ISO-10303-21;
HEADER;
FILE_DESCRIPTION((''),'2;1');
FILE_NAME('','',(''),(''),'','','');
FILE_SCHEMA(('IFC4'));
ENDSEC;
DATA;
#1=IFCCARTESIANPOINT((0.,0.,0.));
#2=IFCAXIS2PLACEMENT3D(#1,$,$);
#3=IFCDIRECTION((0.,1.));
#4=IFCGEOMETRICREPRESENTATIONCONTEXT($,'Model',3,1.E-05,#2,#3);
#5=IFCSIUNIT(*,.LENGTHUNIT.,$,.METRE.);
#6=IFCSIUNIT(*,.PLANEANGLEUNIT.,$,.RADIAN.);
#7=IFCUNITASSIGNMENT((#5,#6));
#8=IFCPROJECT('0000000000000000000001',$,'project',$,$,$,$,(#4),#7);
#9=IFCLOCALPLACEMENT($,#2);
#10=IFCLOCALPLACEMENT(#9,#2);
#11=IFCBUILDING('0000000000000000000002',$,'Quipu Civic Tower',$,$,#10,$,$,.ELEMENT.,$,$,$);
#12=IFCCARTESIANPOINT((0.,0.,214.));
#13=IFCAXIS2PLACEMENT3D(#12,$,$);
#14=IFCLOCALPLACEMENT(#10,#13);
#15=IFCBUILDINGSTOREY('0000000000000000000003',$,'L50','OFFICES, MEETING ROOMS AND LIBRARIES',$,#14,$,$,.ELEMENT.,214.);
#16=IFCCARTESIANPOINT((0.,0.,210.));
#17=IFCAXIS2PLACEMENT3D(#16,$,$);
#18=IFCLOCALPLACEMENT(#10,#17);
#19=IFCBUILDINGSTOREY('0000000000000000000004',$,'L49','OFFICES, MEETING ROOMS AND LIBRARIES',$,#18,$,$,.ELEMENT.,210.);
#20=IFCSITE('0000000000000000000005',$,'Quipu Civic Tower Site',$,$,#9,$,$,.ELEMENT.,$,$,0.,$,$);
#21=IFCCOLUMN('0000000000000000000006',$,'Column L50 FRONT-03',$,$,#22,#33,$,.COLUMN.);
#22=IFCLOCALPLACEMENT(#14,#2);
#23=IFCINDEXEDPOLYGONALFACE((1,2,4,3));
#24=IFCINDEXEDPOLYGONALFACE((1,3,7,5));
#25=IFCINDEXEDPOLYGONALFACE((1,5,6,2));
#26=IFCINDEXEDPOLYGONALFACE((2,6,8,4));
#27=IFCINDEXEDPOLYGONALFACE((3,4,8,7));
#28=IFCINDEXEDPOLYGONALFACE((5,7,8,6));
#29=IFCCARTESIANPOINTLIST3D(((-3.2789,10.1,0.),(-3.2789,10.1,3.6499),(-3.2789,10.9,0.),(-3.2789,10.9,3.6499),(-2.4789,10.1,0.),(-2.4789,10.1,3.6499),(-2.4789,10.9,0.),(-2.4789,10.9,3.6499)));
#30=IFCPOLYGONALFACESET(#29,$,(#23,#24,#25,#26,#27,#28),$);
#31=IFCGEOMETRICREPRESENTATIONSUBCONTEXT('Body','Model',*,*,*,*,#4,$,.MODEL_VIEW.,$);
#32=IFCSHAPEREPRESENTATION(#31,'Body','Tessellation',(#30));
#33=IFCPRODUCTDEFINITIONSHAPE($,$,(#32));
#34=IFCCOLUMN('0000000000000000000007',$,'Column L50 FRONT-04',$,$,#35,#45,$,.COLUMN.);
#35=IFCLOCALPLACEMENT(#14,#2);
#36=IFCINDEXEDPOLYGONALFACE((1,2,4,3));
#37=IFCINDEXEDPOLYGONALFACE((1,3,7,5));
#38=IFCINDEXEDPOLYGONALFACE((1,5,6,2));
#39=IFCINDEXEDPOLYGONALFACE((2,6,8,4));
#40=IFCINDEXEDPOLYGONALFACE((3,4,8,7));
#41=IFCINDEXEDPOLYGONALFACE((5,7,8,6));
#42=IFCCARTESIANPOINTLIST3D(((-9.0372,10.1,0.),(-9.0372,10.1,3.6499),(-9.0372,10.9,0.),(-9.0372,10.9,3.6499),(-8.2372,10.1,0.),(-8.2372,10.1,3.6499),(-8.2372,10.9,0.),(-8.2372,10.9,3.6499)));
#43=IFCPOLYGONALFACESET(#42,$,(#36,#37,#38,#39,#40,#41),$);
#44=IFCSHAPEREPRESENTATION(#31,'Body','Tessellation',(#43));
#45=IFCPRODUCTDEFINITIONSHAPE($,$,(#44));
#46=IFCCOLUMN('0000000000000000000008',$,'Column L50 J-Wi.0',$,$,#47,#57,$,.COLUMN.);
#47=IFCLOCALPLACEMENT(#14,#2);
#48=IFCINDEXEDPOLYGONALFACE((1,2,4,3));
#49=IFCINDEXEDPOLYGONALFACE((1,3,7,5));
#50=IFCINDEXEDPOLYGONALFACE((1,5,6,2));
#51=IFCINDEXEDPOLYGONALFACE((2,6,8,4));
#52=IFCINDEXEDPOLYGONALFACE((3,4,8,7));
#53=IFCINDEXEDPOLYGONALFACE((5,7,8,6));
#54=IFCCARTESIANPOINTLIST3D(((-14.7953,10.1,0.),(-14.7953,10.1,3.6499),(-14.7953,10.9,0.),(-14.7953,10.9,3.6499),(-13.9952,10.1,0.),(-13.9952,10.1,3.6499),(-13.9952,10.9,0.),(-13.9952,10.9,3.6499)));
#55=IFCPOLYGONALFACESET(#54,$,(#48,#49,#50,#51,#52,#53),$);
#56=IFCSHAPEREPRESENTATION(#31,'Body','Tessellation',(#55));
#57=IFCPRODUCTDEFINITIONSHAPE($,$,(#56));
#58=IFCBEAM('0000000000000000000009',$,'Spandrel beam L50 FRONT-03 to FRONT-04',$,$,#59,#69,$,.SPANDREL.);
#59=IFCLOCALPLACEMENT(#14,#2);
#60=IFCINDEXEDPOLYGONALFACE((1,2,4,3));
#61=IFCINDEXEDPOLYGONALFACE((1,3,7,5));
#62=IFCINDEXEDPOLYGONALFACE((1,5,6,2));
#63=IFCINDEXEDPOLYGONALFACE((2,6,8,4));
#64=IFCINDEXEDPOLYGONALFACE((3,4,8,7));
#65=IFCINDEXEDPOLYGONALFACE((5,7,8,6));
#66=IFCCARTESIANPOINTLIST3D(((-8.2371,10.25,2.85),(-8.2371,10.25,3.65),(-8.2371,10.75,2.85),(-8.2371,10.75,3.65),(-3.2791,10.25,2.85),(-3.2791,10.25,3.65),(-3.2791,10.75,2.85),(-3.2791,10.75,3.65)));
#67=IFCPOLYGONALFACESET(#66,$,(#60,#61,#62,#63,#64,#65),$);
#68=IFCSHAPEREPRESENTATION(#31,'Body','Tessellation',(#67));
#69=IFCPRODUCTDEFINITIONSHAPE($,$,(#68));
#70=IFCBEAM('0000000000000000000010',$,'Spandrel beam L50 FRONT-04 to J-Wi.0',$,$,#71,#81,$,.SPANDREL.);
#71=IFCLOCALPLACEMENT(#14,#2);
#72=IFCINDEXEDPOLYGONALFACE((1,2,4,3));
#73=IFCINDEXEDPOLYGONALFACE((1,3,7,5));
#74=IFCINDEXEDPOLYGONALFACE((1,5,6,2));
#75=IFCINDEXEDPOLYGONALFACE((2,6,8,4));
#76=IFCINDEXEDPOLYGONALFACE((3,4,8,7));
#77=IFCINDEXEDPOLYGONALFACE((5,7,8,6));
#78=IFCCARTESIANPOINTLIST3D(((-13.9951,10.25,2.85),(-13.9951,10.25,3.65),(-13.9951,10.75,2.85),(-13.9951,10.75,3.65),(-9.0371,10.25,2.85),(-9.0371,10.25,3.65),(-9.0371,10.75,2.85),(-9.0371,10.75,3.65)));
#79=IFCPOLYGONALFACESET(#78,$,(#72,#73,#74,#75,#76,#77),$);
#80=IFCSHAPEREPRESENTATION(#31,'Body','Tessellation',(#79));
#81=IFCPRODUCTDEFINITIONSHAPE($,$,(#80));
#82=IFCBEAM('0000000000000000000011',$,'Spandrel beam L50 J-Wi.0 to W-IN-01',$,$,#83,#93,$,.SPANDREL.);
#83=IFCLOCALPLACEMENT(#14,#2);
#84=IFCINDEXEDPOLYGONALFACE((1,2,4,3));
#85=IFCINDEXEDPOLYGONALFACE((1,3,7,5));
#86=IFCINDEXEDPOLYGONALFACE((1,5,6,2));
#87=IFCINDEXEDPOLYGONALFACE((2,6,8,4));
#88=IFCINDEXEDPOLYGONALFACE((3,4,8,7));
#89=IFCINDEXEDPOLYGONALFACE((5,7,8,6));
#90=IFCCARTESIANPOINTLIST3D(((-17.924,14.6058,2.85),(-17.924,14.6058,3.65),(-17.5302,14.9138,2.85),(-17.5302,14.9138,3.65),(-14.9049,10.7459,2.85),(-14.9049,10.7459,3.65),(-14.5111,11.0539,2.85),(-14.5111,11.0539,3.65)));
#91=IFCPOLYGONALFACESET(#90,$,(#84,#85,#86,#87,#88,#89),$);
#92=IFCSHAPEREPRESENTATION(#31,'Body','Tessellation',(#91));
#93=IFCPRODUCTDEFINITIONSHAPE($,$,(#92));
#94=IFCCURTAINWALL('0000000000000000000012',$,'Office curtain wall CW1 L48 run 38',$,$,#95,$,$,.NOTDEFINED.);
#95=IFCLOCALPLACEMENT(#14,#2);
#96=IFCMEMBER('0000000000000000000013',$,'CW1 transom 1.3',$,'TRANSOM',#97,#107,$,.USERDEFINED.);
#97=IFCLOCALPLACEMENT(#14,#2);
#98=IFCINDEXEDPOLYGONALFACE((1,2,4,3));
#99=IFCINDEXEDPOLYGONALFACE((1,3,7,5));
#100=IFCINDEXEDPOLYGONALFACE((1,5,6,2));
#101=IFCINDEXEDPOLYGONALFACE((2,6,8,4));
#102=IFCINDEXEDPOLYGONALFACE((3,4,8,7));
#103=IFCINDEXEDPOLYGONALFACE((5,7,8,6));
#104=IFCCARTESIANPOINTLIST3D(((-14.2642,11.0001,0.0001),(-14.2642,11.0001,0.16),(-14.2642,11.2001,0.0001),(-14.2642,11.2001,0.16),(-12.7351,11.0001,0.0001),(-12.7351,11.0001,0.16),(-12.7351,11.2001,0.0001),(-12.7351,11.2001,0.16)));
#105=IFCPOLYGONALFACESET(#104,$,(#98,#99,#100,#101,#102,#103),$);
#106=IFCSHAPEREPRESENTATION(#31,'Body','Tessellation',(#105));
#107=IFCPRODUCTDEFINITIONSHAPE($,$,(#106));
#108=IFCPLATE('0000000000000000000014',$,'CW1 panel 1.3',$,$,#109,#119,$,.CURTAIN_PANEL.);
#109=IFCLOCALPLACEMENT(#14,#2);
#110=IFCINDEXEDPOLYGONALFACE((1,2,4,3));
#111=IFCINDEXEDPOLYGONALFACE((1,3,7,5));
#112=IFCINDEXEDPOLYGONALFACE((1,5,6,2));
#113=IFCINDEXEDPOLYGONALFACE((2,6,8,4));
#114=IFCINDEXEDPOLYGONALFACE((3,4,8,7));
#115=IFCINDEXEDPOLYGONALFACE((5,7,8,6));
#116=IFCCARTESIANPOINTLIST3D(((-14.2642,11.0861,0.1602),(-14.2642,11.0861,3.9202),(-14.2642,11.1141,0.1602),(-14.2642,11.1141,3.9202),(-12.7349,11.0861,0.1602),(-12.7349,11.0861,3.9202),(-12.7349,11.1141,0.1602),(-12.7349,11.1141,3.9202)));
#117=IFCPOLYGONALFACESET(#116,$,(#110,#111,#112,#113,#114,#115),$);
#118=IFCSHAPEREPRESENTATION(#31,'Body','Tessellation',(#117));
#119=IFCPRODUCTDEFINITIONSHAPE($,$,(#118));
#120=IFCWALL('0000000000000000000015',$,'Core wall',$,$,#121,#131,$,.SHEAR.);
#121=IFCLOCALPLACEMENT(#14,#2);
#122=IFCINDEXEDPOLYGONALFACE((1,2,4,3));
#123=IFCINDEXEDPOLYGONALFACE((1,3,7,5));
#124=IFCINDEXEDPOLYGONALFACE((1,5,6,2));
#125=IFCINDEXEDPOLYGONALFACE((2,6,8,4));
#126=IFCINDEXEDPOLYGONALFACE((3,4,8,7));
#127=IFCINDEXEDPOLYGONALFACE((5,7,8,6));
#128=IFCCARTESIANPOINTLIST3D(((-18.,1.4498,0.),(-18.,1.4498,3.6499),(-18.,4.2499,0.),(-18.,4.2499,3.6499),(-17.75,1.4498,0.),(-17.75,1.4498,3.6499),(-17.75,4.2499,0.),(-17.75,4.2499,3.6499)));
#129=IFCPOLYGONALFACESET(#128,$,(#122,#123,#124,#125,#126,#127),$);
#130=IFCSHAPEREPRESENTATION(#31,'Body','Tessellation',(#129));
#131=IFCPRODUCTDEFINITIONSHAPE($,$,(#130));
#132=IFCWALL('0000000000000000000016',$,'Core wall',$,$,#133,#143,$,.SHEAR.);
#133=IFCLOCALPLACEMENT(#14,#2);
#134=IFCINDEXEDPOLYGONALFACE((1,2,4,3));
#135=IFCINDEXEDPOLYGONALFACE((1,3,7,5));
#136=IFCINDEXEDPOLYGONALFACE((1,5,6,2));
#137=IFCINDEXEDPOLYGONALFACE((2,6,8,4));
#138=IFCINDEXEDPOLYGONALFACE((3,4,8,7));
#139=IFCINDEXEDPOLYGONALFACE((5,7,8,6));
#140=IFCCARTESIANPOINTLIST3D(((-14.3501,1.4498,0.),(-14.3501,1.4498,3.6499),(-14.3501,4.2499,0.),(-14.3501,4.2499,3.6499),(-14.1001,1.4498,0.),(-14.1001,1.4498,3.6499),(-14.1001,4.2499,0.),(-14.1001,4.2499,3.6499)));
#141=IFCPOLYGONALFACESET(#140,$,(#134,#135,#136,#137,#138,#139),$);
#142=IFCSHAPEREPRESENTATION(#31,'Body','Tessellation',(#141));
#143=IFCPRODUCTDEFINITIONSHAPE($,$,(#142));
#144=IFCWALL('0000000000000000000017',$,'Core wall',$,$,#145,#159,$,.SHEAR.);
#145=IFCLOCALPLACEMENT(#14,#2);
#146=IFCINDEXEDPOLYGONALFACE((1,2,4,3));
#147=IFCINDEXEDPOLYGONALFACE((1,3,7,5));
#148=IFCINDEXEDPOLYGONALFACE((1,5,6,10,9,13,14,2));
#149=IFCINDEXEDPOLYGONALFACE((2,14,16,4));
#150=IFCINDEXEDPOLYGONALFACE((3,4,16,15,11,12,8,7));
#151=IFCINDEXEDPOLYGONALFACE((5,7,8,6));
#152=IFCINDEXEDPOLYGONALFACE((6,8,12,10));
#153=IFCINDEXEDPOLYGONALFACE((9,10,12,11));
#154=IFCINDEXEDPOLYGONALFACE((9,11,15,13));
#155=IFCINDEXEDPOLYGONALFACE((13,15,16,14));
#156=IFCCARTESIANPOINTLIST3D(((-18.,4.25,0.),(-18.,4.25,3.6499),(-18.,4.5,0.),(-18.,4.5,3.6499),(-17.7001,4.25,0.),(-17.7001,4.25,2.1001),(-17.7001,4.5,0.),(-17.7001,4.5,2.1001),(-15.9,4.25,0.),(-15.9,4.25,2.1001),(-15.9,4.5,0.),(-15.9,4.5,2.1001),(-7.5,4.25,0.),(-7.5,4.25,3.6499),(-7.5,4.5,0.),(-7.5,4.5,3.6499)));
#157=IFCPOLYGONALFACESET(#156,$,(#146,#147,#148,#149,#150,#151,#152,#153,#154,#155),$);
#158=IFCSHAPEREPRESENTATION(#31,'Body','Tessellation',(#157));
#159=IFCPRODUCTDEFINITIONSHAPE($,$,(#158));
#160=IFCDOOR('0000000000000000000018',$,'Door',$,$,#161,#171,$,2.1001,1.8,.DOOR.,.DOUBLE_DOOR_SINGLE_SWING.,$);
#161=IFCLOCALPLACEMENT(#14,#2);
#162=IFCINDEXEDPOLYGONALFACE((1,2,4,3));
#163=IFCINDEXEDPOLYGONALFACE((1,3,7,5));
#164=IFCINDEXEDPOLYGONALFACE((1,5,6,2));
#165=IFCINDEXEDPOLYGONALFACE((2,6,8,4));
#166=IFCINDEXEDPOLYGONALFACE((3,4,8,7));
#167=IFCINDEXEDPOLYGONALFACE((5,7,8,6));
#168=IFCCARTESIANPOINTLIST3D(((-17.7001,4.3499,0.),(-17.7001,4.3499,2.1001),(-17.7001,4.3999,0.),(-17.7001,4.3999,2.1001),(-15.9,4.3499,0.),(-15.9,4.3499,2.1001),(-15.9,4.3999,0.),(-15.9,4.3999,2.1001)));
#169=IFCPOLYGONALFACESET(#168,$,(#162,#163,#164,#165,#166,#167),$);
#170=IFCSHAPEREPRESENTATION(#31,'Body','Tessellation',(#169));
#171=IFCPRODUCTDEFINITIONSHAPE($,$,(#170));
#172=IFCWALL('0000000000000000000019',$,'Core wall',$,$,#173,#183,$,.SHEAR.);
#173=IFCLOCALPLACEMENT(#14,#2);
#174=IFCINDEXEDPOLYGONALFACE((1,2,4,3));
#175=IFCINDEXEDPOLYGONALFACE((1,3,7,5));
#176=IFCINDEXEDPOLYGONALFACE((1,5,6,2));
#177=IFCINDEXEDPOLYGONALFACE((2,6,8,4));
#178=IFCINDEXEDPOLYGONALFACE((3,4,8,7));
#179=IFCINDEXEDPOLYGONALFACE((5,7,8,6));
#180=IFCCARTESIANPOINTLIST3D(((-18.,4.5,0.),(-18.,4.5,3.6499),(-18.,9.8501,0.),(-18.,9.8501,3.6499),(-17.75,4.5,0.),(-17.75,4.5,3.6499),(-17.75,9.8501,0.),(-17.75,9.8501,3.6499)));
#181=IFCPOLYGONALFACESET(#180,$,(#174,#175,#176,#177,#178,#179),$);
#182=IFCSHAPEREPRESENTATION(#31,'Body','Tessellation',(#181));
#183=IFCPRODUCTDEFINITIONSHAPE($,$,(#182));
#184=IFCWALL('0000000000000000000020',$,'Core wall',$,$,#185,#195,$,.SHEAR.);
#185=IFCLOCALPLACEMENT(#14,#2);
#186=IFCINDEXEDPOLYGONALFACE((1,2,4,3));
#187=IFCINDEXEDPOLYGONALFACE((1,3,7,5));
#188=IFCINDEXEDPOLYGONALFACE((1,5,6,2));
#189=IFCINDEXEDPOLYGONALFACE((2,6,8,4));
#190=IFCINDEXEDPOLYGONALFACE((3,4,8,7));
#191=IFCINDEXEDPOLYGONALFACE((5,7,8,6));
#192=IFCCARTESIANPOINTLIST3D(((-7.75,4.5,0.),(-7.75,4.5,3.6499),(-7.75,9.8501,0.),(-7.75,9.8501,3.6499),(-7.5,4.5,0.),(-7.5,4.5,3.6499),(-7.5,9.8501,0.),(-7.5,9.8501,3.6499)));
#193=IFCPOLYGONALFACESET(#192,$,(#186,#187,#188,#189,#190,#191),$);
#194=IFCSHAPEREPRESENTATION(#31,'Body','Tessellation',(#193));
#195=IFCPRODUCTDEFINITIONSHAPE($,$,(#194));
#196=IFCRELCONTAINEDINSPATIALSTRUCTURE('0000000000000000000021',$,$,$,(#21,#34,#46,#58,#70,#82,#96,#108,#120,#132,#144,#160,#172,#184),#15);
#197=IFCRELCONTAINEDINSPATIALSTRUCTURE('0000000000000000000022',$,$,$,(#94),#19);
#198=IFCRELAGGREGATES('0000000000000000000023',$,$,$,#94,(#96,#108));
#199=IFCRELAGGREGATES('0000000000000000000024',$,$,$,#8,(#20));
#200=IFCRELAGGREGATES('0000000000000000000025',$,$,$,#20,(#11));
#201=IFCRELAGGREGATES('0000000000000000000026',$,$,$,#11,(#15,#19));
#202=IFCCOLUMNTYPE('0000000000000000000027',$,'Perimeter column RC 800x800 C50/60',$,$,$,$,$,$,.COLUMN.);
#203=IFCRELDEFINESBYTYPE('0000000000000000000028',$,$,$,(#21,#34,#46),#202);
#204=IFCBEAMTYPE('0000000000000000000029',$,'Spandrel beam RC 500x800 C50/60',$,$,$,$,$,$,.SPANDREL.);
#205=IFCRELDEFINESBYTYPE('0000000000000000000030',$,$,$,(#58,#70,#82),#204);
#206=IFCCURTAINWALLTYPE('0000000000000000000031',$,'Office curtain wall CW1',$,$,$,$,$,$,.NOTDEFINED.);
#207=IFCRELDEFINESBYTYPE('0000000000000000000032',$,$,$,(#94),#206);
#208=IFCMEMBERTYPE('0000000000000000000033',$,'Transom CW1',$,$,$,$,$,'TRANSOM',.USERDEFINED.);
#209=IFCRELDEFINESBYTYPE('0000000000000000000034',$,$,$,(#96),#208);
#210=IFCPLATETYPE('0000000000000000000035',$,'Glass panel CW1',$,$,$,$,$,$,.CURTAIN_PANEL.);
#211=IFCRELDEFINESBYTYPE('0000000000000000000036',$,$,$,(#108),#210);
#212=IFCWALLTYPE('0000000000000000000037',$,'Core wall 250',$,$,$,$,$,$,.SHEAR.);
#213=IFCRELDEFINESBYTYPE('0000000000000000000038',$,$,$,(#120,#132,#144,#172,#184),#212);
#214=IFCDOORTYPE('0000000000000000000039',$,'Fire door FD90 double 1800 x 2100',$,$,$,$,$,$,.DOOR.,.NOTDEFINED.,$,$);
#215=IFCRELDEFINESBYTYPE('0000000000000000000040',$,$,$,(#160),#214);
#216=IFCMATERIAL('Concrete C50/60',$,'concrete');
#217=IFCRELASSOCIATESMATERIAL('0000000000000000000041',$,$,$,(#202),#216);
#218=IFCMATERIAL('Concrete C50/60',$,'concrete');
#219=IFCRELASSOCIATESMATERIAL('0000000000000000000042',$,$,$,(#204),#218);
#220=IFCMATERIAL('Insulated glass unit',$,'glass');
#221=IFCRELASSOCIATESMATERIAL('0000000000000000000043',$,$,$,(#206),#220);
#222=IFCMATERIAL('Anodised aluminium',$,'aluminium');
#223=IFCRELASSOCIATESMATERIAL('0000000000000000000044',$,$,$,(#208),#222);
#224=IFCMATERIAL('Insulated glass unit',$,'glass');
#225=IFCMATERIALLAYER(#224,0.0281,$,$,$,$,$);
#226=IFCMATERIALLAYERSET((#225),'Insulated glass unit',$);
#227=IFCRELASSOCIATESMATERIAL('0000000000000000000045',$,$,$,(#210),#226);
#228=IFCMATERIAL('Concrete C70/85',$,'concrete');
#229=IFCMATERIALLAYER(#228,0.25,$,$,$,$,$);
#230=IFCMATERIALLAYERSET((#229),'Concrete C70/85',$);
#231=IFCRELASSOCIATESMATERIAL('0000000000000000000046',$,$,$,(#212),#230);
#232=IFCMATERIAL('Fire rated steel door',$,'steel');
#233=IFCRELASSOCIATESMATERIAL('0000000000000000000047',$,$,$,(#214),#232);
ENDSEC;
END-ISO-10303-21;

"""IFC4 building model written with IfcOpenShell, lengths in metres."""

from ifc_helpers import new_model, si_unit, direction, frame, frame_2d, origin, origin_2d, place, context, subcontext, project, spatial, rectangle, extrude, material, layer, layer_set, material_profile, profile_set, type_object, element, fill, aggregate, save


model = new_model("IFC4")

# Units and contexts
model_context = context("Model", 3, precision=1e-05, world=origin(), true_north=direction((0.0, 1.0)))
body_context = subcontext(model_context, "Body", "Model", "MODEL_VIEW")
ifc_project = project(units=[si_unit("LENGTHUNIT", "METRE"), si_unit("PLANEANGLEUNIT", "RADIAN")], contexts=[model_context])

# Site, building, storey
site_placement = place(None, origin())
site = spatial("IfcSite", under=ifc_project, at=site_placement, Name="Quipu Civic Tower Site", CompositionType="ELEMENT", RefElevation=0.0)
building_placement = place(site_placement, origin())
building = spatial("IfcBuilding", under=site, at=building_placement, Name="Quipu Civic Tower", CompositionType="ELEMENT")
storey_1_placement = place(building_placement, frame((0.0, 0.0, 214.0)))
storey_1 = spatial("IfcBuildingStorey", under=building, at=storey_1_placement, Name="L50", Description="OFFICES, MEETING ROOMS AND LIBRARIES", CompositionType="ELEMENT", Elevation=214.0)

# Columns
ifc_material_1 = material(Name="Concrete C50/60", Category="concrete")
ifc_material_profile_1 = material_profile(ifc_material_1, rectangle(XDim=0.8, YDim=0.8, at=origin_2d()), Name="RC800x800")
ifc_profile_set_1 = profile_set([ifc_material_profile_1], Name="Concrete C50/60")
column_type = type_object("IfcColumnType", Name="Perimeter column RC 800x800 C50/60", PredefinedType="COLUMN", material=ifc_profile_set_1)
for number, where, z_axis, x_axis, name in (
    (1, (-2.8789, 10.5, 0.0), (0.0, 0.0, 1.0), (-1.0, 0.0, 0.0), "Column L50 FRONT-03"),
    (2, (-8.6372, 10.5, 0.0), (0.0, 0.0, 1.0), (-1.0, 0.0, 0.0), "Column L50 FRONT-04"),
    (3, (-14.3953, 10.5, 0.0), (0.0, 0.0, 1.0), (-1.0, 0.0, 0.0), "Column L50 J-Wi.0"),
):
    element("IfcColumn", number, at=place(storey_1_placement, frame(where, z_axis=z_axis, x_axis=x_axis)), inside=storey_1, type_object=column_type, Name=name, PredefinedType="COLUMN", context=body_context, shape_type="SweptSolid", body=[
        extrude(rectangle(XDim=0.8, YDim=0.8, at=origin_2d()), origin(), (0.0, 0.0, 1.0), 3.6499),
    ])

# Beams
ifc_material_2 = material(Name="Concrete C50/60", Category="concrete")
ifc_material_profile_2 = material_profile(ifc_material_2, rectangle(XDim=0.5, YDim=0.8, at=origin_2d()), Name="RC500x800")
ifc_profile_set_2 = profile_set([ifc_material_profile_2], Name="Concrete C50/60")
beam_type = type_object("IfcBeamType", Name="Spandrel beam RC 500x800 C50/60", PredefinedType="SPANDREL", material=ifc_profile_set_2)
for number, where, z_axis, x_axis, name in (
    (4, (-3.2791, 10.5, 3.25), (-1.0, 0.0, 0.0), (0.0, -1.0, 0.0), "Spandrel beam L50 FRONT-03 to FRONT-04"),
    (5, (-9.0371, 10.5, 3.25), (-1.0, 0.0, 0.0), (0.0, -1.0, 0.0), "Spandrel beam L50 FRONT-04 to J-Wi.0"),
):
    element("IfcBeam", number, at=place(storey_1_placement, frame(where, z_axis=z_axis, x_axis=x_axis)), inside=storey_1, type_object=beam_type, Name=name, PredefinedType="SPANDREL", context=body_context, shape_type="SweptSolid", body=[
        extrude(rectangle(XDim=0.5, YDim=0.8, at=origin_2d()), origin(), (0.0, 0.0, 1.0), 4.958),
    ])
beam_placement = place(storey_1_placement, frame((-14.708, 10.8999, 3.25), z_axis=(-0.616091, 0.787675, 0.0), x_axis=(-0.787675, -0.616091, 0.0)))
element("IfcBeam", 6, at=beam_placement, inside=storey_1, type_object=beam_type, Name="Spandrel beam L50 J-Wi.0 to W-IN-01", PredefinedType="SPANDREL", context=body_context, shape_type="SweptSolid", body=[
    extrude(rectangle(XDim=0.5, YDim=0.8, at=origin_2d()), origin(), (0.0, 0.0, 1.0), 4.9004),
])

# Shared definitions
storey_2_placement = place(building_placement, frame((0.0, 0.0, 210.0)))
storey_2 = spatial("IfcBuildingStorey", under=building, at=storey_2_placement, Name="L49", Description="OFFICES, MEETING ROOMS AND LIBRARIES", CompositionType="ELEMENT", Elevation=210.0)

# Curtain wall, member, plate
ifc_material_3 = material(Name="Insulated glass unit", Category="glass")
curtain_wall_type = type_object("IfcCurtainWallType", Name="Office curtain wall CW1", PredefinedType="NOTDEFINED", material=ifc_material_3)
curtain_wall_placement = place(storey_2_placement, origin())
curtain_wall = element("IfcCurtainWall", 7, at=curtain_wall_placement, inside=storey_2, type_object=curtain_wall_type, Name="Office curtain wall CW1 L48 run 38", PredefinedType="NOTDEFINED")
ifc_material_4 = material(Name="Anodised aluminium", Category="aluminium")
ifc_material_profile_3 = material_profile(ifc_material_4, rectangle(XDim=0.2, YDim=0.1599, at=origin_2d()), Name="RECT 200x160")
ifc_profile_set_3 = profile_set([ifc_material_profile_3], Name="Anodised aluminium")
member_type = type_object("IfcMemberType", Name="Transom CW1", ElementType="TRANSOM", PredefinedType="USERDEFINED", material=ifc_profile_set_3)
member_placement = place(storey_1_placement, frame((-12.7351, 11.1001, 0.0801), z_axis=(-1.0, 0.0, 0.0), x_axis=(0.0, -1.0, 0.0)))
member = element("IfcMember", 8, at=member_placement, inside=storey_1, type_object=member_type, Name="CW1 transom 1.3", ObjectType="TRANSOM", PredefinedType="USERDEFINED", context=body_context, shape_type="SweptSolid", body=[
    extrude(rectangle(XDim=0.2, YDim=0.1599, at=origin_2d()), origin(), (0.0, 0.0, 1.0), 1.5291),
])
ifc_material_5 = material(Name="Insulated glass unit", Category="glass")
ifc_layer_1 = layer(ifc_material_5, 0.0281)
ifc_layer_set_1 = layer_set([ifc_layer_1], Name="Insulated glass unit")
plate_type = type_object("IfcPlateType", Name="Glass panel CW1", PredefinedType="CURTAIN_PANEL", material=ifc_layer_set_1)
plate_placement = place(storey_1_placement, frame((-13.4995, 11.1001, 0.1602), z_axis=(0.0, 0.0, 1.0), x_axis=(-1.0, 0.0, 0.0)))
plate = element("IfcPlate", 9, at=plate_placement, inside=storey_1, type_object=plate_type, Name="CW1 panel 1.3", PredefinedType="CURTAIN_PANEL", context=body_context, shape_type="SweptSolid", body=[
    extrude(rectangle(XDim=1.5293, YDim=0.0281, at=origin_2d()), origin(), (0.0, 0.0, 1.0), 3.76),
])
aggregate(curtain_wall, [member, plate])

# Walls
ifc_material_6 = material(Name="Concrete C70/85", Category="concrete")
ifc_layer_2 = layer(ifc_material_6, 0.25)
ifc_layer_set_2 = layer_set([ifc_layer_2], Name="Concrete C70/85")
wall_type_1 = type_object("IfcWallType", Name="Core wall 250", PredefinedType="SHEAR", material=ifc_layer_set_2)
for number, where, z_axis, x_axis, name in (
    (10, (-17.875, 1.45, 0.0), (0.0, 0.0, 1.0), (0.0, 1.0, 0.0), "Core wall"),
    (11, (-14.2251, 1.45, 0.0), (0.0, 0.0, 1.0), (0.0, 1.0, 0.0), "Core wall"),
):
    element("IfcWall", number, at=place(storey_1_placement, frame(where, z_axis=z_axis, x_axis=x_axis)), inside=storey_1, type_object=wall_type_1, Name=name, PredefinedType="SHEAR", context=body_context, shape_type="SweptSolid", body=[
        extrude(rectangle(XDim=2.8, YDim=0.25, at=frame_2d((1.3999, 0.0))), origin(), (0.0, 0.0, 1.0), 3.6499),
    ])

# Wall, opening, door
wall_1_placement = place(storey_1_placement, frame((-18.0, 4.375, 0.0), z_axis=(0.0, 0.0, 1.0), x_axis=(1.0, 0.0, 0.0)))
wall_1 = element("IfcWall", 12, at=wall_1_placement, inside=storey_1, type_object=wall_type_1, Name="Core wall", PredefinedType="SHEAR", context=body_context, shape_type="SweptSolid", body=[
    extrude(rectangle(XDim=10.5, YDim=0.25, at=frame_2d((5.25, 0.0))), origin(), (0.0, 0.0, 1.0), 3.6499),
])
opening_1_placement = place(wall_1_placement, frame((0.3, 0.0, 0.0)))
opening_1 = element("IfcOpeningElement", 13, at=opening_1_placement, cuts=wall_1, PredefinedType="OPENING", context=body_context, shape_type="SweptSolid", body=[
    extrude(rectangle(XDim=1.8, YDim=2.1001, at=frame_2d((0.8999, 1.05))), frame((0.0, 0.135, 0.0), z_axis=(0.0, -1.0, 0.0), x_axis=(1.0, 0.0, 0.0)), (0.0, 0.0, 1.0), 0.27),
])
ifc_material_7 = material(Name="Fire rated steel door", Category="steel")
door_type_1 = type_object("IfcDoorType", Name="Fire door FD90 double 1800 x 2100", OperationType="NOTDEFINED", PredefinedType="DOOR", material=ifc_material_7)
door_1_placement = place(opening_1_placement, origin())
door_1 = element("IfcDoor", 14, at=door_1_placement, inside=storey_1, type_object=door_type_1, Name="Door", OperationType="DOUBLE_DOOR_SINGLE_SWING", OverallHeight=2.1001, OverallWidth=1.8, PredefinedType="DOOR", context=body_context, shape_type="SweptSolid", body=[
    extrude(rectangle(XDim=1.8, YDim=2.1001, at=frame_2d((0.8999, 1.05))), frame((0.0, 0.0249, 0.0), z_axis=(0.0, -1.0, 0.0), x_axis=(1.0, 0.0, 0.0)), (0.0, 0.0, 1.0), 0.05),
])
fill(opening_1, door_1)

# Walls
for number, where, z_axis, x_axis, name in (
    (15, (-17.875, 4.5, 0.0), (0.0, 0.0, 1.0), (0.0, 1.0, 0.0), "Core wall"),
    (16, (-7.625, 4.5, 0.0), (0.0, 0.0, 1.0), (0.0, 1.0, 0.0), "Core wall"),
):
    element("IfcWall", number, at=place(storey_1_placement, frame(where, z_axis=z_axis, x_axis=x_axis)), inside=storey_1, type_object=wall_type_1, Name=name, PredefinedType="SHEAR", context=body_context, shape_type="SweptSolid", body=[
        extrude(rectangle(XDim=5.3501, YDim=0.25, at=frame_2d((2.675, 0.0))), origin(), (0.0, 0.0, 1.0), 3.6499),
    ])

save(model, "model.ifc")
